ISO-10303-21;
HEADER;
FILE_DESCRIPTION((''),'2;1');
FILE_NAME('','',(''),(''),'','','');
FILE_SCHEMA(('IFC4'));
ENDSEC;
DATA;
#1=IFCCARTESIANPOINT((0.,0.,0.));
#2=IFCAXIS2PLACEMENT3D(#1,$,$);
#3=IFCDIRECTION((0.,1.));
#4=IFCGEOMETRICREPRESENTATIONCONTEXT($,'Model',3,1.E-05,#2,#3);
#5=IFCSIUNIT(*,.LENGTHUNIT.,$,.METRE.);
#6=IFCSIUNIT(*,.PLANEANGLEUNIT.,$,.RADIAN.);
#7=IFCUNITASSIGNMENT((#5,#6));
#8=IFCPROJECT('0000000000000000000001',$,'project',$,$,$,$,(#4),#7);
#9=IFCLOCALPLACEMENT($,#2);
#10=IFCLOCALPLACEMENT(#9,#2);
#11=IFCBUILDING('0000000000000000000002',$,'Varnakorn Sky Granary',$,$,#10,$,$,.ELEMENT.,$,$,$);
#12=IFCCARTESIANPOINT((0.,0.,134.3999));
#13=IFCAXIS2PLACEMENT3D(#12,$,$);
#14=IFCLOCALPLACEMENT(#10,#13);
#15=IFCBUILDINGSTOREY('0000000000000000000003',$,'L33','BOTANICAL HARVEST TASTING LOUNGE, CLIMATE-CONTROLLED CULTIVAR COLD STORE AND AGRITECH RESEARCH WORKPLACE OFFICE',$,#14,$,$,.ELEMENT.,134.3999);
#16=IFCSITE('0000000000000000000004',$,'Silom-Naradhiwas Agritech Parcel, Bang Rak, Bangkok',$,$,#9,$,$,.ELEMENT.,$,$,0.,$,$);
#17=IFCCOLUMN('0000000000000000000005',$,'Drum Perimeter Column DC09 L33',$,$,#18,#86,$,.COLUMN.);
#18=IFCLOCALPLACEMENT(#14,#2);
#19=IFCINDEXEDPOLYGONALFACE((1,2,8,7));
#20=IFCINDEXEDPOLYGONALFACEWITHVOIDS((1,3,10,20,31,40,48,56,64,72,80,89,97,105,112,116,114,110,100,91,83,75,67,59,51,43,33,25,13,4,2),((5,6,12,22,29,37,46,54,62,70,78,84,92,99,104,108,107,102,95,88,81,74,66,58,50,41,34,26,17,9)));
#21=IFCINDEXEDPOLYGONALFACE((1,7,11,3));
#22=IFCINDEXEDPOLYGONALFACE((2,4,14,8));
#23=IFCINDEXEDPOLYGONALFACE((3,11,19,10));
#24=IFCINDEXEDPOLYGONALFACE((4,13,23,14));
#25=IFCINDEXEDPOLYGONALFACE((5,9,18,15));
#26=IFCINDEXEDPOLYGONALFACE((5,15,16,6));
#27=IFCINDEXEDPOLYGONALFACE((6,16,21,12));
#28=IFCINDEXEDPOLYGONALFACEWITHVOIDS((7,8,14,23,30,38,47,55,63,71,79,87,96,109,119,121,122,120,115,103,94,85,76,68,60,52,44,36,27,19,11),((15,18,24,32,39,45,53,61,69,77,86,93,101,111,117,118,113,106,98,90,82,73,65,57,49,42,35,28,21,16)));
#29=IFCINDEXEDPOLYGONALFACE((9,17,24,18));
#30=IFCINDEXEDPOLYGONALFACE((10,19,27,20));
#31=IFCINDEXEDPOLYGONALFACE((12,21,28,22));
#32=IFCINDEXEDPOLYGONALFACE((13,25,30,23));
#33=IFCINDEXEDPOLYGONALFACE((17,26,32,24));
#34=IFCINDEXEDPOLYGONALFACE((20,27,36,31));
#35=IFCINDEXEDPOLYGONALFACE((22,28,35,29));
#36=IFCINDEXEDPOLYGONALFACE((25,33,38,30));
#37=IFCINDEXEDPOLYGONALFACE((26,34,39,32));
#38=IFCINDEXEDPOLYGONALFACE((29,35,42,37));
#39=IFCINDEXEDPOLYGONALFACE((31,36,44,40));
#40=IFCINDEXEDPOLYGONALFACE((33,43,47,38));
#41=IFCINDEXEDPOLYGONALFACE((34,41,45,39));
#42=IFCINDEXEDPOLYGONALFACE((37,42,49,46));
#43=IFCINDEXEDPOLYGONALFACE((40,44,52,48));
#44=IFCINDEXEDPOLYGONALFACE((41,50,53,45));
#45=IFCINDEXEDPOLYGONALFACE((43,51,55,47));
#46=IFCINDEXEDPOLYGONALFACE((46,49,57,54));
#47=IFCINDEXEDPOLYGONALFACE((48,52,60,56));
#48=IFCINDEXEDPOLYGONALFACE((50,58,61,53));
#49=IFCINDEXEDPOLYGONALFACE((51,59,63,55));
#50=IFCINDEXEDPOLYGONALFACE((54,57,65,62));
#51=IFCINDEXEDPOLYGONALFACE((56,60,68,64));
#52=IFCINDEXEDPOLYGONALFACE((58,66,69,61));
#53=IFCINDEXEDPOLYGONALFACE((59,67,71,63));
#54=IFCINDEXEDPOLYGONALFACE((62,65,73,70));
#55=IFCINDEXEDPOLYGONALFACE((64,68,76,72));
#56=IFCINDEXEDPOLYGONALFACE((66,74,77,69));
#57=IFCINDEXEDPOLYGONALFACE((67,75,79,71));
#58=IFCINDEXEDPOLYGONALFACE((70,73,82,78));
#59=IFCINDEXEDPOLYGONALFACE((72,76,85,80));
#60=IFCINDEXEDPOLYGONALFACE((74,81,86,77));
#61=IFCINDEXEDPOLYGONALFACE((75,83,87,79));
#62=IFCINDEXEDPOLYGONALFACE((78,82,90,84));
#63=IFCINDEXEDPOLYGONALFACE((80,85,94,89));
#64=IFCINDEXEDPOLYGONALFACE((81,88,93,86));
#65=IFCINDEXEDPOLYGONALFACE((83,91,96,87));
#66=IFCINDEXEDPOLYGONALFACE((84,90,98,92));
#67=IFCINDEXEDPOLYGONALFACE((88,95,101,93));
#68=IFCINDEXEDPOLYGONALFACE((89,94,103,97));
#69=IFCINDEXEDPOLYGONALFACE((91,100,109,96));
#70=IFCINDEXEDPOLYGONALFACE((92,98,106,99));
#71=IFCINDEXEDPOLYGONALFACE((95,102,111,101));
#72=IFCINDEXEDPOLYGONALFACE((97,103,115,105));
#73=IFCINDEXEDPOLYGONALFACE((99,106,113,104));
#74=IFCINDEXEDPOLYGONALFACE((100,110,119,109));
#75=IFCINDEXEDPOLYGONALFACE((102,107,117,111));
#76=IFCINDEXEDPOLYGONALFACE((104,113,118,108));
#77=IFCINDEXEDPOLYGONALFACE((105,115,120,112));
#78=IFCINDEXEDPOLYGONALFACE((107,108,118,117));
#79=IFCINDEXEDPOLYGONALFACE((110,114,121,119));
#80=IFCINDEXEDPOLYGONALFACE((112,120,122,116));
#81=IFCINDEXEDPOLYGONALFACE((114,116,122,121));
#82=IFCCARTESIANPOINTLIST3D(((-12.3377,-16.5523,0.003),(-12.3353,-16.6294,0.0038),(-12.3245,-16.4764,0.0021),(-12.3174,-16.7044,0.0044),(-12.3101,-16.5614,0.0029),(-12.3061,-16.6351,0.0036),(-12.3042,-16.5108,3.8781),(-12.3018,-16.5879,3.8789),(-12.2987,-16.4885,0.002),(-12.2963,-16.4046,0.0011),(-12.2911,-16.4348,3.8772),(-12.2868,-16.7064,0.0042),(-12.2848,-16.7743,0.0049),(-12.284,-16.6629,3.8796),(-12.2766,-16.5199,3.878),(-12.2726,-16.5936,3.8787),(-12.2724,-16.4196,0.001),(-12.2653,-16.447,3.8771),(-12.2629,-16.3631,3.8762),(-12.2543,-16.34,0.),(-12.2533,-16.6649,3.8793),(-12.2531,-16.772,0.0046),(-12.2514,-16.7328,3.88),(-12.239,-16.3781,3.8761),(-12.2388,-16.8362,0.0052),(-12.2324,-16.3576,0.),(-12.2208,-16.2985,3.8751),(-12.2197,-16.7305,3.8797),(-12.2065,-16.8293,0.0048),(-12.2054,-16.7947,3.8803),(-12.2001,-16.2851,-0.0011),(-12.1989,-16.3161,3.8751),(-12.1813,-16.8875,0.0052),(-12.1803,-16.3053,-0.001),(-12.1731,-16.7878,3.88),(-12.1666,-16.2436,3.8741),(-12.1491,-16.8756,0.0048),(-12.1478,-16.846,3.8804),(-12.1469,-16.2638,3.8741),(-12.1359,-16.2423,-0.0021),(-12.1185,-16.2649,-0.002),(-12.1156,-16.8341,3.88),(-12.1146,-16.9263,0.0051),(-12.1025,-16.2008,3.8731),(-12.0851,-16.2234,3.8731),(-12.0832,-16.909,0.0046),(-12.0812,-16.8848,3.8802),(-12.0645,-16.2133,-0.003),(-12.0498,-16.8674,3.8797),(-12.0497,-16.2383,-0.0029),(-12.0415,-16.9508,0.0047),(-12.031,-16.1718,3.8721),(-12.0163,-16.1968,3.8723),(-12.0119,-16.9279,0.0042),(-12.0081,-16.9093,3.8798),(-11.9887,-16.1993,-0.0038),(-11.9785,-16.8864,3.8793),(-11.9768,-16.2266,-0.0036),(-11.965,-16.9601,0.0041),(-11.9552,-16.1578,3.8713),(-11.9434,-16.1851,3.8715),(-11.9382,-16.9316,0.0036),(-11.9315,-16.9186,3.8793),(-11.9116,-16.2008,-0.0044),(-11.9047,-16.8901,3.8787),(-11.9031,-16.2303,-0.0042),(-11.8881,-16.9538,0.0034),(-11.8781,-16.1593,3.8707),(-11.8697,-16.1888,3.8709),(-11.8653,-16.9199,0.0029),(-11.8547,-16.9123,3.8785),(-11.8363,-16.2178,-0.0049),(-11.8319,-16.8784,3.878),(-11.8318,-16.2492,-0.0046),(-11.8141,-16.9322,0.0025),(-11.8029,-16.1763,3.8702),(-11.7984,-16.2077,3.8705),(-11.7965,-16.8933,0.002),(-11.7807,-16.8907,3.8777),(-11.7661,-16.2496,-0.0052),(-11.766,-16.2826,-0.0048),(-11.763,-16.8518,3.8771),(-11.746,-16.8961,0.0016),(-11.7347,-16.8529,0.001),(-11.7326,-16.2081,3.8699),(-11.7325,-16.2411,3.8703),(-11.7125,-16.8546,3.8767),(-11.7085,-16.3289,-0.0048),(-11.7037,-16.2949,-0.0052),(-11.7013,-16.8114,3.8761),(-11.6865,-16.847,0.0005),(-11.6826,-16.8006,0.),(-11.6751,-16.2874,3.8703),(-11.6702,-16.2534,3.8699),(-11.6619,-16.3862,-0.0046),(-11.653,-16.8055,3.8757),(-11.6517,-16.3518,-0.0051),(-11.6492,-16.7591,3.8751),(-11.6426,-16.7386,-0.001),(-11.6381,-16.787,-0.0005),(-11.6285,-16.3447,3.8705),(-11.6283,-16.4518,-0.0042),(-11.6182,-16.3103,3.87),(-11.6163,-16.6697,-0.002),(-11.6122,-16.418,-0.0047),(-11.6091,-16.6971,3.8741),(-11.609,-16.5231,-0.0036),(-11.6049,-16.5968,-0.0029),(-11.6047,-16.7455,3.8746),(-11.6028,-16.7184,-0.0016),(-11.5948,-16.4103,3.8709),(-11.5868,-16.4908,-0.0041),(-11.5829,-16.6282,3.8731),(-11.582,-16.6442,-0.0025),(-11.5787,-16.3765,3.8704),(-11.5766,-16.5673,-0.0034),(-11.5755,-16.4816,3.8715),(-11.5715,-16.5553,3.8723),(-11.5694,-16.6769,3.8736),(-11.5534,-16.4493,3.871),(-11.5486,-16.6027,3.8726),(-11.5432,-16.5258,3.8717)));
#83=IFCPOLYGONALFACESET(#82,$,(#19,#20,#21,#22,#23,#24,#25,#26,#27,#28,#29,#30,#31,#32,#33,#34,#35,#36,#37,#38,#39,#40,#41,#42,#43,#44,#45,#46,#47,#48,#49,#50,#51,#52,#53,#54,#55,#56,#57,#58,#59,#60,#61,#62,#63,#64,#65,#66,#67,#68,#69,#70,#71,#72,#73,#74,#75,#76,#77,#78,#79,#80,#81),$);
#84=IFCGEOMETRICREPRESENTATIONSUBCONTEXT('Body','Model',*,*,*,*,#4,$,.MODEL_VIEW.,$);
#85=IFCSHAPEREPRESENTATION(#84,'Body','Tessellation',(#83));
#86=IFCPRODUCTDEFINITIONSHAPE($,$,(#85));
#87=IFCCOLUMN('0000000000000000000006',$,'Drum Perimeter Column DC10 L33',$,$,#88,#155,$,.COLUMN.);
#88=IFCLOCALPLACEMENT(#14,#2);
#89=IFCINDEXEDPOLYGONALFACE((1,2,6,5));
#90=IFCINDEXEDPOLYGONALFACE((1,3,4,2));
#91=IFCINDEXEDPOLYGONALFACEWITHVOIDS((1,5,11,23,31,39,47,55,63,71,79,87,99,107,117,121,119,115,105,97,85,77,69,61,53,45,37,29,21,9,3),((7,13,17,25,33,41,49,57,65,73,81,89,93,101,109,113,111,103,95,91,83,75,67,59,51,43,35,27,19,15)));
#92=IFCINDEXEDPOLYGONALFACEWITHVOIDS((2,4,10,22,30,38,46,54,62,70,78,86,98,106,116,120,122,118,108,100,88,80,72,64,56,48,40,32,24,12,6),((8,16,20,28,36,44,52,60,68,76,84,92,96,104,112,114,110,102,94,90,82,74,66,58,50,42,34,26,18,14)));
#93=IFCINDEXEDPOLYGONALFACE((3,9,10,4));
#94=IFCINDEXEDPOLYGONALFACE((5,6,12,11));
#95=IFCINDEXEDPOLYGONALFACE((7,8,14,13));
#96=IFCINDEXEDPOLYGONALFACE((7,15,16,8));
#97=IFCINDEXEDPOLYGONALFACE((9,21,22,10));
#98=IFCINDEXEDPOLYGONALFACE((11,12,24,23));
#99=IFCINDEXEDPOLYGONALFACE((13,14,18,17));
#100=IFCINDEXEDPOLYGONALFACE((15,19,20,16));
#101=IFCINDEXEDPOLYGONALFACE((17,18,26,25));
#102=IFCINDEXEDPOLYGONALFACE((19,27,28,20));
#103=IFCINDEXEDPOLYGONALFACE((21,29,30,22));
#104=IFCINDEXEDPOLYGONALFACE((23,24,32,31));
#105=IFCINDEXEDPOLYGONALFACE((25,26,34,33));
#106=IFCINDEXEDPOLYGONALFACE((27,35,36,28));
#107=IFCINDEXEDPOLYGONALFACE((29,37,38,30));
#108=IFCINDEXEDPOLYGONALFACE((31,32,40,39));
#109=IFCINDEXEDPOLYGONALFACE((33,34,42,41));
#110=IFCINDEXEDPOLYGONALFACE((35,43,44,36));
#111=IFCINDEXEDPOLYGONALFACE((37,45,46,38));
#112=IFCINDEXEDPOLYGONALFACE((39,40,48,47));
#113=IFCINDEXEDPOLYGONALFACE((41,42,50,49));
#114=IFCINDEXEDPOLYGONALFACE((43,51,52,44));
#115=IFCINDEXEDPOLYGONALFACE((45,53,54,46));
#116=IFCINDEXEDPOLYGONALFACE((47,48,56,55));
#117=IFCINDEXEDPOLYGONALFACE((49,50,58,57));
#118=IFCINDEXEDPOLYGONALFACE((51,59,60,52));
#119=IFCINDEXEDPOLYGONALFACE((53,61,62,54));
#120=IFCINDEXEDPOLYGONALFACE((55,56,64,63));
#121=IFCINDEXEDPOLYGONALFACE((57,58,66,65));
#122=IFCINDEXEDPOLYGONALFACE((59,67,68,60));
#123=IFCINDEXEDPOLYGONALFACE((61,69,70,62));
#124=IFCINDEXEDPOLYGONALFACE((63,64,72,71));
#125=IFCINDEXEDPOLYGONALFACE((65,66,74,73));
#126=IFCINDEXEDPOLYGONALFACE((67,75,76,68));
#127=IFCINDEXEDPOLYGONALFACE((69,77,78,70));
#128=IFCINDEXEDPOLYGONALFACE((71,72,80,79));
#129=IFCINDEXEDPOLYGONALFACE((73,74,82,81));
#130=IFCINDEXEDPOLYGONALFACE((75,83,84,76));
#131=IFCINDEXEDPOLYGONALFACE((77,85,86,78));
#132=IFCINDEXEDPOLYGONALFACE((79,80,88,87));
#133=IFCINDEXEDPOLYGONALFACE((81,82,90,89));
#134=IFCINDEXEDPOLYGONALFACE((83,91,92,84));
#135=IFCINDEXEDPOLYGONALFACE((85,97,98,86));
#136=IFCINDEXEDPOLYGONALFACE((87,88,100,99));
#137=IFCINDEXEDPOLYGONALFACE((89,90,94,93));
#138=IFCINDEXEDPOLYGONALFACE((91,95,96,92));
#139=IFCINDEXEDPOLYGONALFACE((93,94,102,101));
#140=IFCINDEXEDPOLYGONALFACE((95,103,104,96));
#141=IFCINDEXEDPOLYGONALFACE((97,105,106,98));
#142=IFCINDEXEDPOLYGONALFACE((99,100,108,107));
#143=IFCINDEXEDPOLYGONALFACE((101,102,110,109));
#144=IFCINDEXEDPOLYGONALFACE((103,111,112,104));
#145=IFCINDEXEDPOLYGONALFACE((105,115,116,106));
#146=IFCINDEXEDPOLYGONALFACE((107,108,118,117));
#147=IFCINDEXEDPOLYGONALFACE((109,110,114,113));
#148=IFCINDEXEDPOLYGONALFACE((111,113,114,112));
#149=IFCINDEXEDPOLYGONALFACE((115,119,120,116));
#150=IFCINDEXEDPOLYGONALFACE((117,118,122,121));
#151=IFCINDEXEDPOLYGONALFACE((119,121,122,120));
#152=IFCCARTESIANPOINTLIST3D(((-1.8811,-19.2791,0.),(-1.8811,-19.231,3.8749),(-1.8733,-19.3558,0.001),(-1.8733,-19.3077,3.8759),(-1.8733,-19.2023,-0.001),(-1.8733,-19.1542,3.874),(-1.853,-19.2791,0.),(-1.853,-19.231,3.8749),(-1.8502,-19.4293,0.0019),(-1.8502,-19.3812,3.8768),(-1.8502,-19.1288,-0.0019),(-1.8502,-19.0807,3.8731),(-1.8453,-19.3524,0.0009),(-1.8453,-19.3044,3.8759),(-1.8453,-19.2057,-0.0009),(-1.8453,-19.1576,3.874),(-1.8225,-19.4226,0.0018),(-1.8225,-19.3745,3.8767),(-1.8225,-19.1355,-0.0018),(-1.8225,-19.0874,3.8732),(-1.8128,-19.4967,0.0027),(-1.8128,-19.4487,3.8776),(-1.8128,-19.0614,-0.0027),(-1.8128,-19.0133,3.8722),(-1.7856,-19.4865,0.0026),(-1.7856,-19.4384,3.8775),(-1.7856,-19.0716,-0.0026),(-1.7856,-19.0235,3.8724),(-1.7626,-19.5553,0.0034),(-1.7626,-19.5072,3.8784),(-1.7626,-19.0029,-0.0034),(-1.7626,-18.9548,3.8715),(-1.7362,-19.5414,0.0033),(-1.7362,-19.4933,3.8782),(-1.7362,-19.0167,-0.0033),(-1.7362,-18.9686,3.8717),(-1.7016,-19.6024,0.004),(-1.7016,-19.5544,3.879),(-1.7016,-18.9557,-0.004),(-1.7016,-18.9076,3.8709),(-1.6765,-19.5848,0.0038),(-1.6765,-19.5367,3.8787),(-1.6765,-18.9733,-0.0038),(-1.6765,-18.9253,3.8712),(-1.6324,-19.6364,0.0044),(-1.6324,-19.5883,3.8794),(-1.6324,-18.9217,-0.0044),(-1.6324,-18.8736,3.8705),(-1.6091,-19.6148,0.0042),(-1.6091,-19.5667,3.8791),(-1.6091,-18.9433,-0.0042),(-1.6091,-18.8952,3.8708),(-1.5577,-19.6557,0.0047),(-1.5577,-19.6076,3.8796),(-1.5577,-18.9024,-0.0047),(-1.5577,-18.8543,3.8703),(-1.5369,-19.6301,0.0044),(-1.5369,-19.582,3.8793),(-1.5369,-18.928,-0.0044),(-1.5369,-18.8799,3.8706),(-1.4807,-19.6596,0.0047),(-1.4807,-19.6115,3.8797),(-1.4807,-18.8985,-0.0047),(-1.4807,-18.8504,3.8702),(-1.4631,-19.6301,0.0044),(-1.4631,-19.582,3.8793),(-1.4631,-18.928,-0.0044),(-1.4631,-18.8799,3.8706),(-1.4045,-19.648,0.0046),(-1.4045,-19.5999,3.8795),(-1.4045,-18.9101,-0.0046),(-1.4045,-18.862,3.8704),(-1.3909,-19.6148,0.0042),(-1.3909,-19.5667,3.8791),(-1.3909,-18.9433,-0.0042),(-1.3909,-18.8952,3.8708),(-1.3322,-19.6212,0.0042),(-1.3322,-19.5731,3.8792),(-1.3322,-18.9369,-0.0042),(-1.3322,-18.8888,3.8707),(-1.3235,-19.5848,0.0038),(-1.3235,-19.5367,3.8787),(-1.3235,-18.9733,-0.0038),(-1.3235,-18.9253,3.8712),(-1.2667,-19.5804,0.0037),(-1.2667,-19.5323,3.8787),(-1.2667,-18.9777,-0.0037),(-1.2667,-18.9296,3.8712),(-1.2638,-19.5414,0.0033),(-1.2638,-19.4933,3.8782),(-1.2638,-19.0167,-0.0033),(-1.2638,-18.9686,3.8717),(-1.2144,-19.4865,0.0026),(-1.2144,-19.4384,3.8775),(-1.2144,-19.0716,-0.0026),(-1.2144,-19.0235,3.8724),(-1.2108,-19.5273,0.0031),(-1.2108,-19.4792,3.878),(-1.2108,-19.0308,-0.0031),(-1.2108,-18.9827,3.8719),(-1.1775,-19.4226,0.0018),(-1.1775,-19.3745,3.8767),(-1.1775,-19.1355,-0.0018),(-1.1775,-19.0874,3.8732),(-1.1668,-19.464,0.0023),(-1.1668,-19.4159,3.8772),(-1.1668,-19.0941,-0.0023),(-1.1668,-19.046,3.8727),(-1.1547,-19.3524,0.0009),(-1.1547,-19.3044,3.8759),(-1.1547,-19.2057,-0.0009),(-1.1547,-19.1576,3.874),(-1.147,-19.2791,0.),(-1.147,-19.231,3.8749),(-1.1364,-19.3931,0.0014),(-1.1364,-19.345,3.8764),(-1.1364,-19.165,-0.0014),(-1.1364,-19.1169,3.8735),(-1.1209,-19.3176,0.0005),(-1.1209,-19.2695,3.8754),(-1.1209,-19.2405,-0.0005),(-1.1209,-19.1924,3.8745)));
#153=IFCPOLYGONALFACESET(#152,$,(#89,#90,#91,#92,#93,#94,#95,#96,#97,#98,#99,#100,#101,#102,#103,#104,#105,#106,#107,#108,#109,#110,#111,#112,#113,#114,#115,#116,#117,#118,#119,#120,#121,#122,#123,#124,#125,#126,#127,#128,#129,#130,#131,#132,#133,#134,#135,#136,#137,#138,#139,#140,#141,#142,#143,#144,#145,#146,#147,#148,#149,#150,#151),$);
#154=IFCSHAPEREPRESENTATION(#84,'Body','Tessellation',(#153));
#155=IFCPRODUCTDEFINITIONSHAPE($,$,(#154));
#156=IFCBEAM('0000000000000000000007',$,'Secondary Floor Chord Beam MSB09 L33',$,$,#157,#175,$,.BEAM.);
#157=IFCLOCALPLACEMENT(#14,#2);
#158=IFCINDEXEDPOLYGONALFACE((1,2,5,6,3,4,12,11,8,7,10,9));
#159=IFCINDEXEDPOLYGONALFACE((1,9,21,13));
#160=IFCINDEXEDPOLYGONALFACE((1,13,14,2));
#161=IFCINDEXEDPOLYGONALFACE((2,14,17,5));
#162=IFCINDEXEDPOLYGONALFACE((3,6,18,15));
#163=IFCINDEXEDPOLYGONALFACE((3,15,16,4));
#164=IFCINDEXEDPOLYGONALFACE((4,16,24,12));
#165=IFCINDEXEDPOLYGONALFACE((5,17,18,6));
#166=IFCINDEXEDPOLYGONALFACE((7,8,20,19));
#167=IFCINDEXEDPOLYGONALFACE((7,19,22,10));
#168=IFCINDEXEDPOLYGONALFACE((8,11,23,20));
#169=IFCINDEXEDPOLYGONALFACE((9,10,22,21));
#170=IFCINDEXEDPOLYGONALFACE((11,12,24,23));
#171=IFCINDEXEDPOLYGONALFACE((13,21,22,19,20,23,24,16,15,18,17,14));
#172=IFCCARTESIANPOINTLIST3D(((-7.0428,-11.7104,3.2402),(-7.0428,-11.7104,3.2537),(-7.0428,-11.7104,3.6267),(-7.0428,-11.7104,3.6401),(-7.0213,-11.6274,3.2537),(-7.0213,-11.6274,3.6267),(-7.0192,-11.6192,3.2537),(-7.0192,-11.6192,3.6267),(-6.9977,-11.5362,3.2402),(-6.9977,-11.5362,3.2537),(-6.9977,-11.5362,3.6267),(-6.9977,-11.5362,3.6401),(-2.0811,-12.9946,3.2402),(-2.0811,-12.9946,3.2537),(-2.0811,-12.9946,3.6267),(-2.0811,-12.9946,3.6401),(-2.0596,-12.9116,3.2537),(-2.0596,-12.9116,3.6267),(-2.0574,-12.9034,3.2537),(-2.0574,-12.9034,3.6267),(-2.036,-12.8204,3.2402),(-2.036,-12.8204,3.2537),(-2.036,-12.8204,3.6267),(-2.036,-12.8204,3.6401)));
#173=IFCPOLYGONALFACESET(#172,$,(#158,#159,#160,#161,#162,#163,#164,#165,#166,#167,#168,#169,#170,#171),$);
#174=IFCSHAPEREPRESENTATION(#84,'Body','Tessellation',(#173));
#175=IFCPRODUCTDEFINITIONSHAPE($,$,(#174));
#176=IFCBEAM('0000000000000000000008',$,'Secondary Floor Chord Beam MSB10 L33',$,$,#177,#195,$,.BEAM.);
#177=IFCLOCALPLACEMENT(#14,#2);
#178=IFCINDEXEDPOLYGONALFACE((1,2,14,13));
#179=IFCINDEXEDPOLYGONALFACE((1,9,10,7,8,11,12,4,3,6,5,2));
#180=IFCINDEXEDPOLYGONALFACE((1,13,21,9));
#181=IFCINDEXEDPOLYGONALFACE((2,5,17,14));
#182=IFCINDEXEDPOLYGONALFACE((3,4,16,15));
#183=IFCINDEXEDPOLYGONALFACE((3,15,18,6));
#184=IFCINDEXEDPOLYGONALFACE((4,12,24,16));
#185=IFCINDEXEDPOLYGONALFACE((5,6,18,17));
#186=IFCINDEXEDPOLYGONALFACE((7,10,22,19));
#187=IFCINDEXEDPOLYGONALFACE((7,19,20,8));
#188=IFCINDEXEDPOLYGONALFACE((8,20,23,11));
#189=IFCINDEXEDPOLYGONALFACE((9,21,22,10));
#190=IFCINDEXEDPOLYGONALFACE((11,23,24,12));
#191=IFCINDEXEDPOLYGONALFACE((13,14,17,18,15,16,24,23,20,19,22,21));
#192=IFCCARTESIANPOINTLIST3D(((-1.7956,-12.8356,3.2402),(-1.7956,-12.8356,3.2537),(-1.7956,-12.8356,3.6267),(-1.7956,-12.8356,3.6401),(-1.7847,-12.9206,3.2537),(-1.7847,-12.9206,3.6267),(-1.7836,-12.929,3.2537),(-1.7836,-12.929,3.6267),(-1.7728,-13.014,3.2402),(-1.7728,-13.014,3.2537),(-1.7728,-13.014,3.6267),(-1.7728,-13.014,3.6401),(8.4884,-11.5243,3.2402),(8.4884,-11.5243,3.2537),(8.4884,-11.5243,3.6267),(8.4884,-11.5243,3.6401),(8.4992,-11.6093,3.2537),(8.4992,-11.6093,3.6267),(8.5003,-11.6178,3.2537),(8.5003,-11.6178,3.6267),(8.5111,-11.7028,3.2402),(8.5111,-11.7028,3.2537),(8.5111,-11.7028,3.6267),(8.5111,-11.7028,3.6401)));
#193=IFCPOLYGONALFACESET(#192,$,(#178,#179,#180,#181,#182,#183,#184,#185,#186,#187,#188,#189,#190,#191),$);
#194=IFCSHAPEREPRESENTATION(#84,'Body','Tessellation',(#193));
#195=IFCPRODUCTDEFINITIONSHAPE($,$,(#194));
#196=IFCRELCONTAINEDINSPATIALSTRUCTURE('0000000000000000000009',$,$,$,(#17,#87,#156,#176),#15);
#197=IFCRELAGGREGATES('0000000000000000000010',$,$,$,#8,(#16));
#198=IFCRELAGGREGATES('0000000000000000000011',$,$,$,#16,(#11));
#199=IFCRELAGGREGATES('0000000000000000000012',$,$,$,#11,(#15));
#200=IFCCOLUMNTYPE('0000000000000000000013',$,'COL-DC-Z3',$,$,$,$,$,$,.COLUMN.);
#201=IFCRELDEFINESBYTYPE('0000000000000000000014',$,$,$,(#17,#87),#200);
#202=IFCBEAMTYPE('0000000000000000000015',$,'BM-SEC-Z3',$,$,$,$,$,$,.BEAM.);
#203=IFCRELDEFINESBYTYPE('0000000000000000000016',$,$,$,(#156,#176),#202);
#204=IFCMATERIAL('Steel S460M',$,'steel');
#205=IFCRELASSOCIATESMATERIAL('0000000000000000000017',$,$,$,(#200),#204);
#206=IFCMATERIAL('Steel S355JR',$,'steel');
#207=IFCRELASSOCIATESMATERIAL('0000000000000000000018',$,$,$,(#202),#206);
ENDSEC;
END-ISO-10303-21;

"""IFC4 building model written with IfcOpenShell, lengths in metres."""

from ifc_helpers import new_model, si_unit, direction, frame, origin, origin_2d, place, context, subcontext, project, spatial, hollow_circle, i_section, extrude, material, material_profile, profile_set, type_object, element, save


model = new_model("IFC4")

# Units and contexts
model_context = context("Model", 3, precision=1e-05, world=origin(), true_north=direction((0.0, 1.0)))
body_context = subcontext(model_context, "Body", "Model", "MODEL_VIEW")
ifc_project = project(units=[si_unit("LENGTHUNIT", "METRE"), si_unit("PLANEANGLEUNIT", "RADIAN")], contexts=[model_context])

# Site, building, storey
site_placement = place(None, origin())
site = spatial("IfcSite", under=ifc_project, at=site_placement, Name="Silom-Naradhiwas Agritech Parcel, Bang Rak, Bangkok", CompositionType="ELEMENT", RefElevation=0.0)
building_placement = place(site_placement, origin())
building = spatial("IfcBuilding", under=site, at=building_placement, Name="Varnakorn Sky Granary", CompositionType="ELEMENT")
storey_placement = place(building_placement, frame((0.0, 0.0, 134.3999)))
storey = spatial("IfcBuildingStorey", under=building, at=storey_placement, Name="L33", Description="BOTANICAL HARVEST TASTING LOUNGE, CLIMATE-CONTROLLED CULTIVAR COLD STORE AND AGRITECH RESEARCH WORKPLACE OFFICE", CompositionType="ELEMENT", Elevation=134.3999)

# Columns
ifc_material_1 = material(Name="Steel S460M", Category="steel")
ifc_material_profile_1 = material_profile(ifc_material_1, hollow_circle(Radius=0.3811, WallThickness=0.0281, at=origin_2d()), Name="CHS 762x28")
ifc_profile_set_1 = profile_set([ifc_material_profile_1], Name="Steel S460M")
column_type = type_object("IfcColumnType", Name="COL-DC-Z3", PredefinedType="COLUMN", material=ifc_profile_set_1)
column_1_placement = place(storey_placement, frame((-11.9575, -16.5791, 0.0), z_axis=(0.008631, 0.01071, 0.999905), x_axis=(-0.77863, 0.627484, 0.0)))
element("IfcColumn", 1, at=column_1_placement, inside=storey, type_object=column_type, Name="Drum Perimeter Column DC09 L33", PredefinedType="COLUMN", context=body_context, shape_type="SweptSolid", body=[
    extrude(hollow_circle(Radius=0.3811, WallThickness=0.0281, at=origin_2d()), origin(), (0.0, 0.0, 1.0), 3.8755),
])
column_2_placement = place(storey_placement, frame((-1.5, -19.2791, 0.0), z_axis=(0.0, 0.012411, 0.999923), x_axis=(-1.0, 0.0, 0.0)))
element("IfcColumn", 2, at=column_2_placement, inside=storey, type_object=column_type, Name="Drum Perimeter Column DC10 L33", PredefinedType="COLUMN", context=body_context, shape_type="SweptSolid", body=[
    extrude(hollow_circle(Radius=0.3811, WallThickness=0.0281, at=origin_2d()), origin(), (0.0, 0.0, 1.0), 3.8752),
])

# Beams
ifc_material_2 = material(Name="Steel S355JR", Category="steel")
ifc_material_profile_2 = material_profile(ifc_material_2, i_section(OverallWidth=0.1799, OverallDepth=0.3999, WebThickness=0.0085, FlangeThickness=0.0134, at=origin_2d()), Name="IPE 400")
ifc_profile_set_2 = profile_set([ifc_material_profile_2], Name="Steel S355JR")
beam_type_1 = type_object("IfcBeamType", Name="BM-SEC-Z3", PredefinedType="BEAM", material=ifc_profile_set_2)
beam_1_placement = place(storey_placement, frame((-7.0203, -11.6233, 3.4402), z_axis=(0.9681, -0.250564, 0.0), x_axis=(0.250564, 0.9681, 0.0)))
element("IfcBeam", 3, at=beam_1_placement, inside=storey, type_object=beam_type_1, Name="Secondary Floor Chord Beam MSB09 L33", PredefinedType="BEAM", context=body_context, shape_type="SweptSolid", body=[
    extrude(i_section(OverallWidth=0.1799, OverallDepth=0.3999, WebThickness=0.0085, FlangeThickness=0.0134, at=origin_2d()), origin(), (0.0, 0.0, 1.0), 5.1252),
])
beam_2_placement = place(storey_placement, frame((-1.7842, -12.9248, 3.4402), z_axis=(0.991969, 0.126483, 0.0), x_axis=(-0.126483, 0.991969, 0.0)))
element("IfcBeam", 4, at=beam_2_placement, inside=storey, type_object=beam_type_1, Name="Secondary Floor Chord Beam MSB10 L33", PredefinedType="BEAM", context=body_context, shape_type="SweptSolid", body=[
    extrude(i_section(OverallWidth=0.1799, OverallDepth=0.3999, WebThickness=0.0085, FlangeThickness=0.0134, at=origin_2d()), origin(), (0.0, 0.0, 1.0), 10.3672),
])

save(model, "model.ifc")
